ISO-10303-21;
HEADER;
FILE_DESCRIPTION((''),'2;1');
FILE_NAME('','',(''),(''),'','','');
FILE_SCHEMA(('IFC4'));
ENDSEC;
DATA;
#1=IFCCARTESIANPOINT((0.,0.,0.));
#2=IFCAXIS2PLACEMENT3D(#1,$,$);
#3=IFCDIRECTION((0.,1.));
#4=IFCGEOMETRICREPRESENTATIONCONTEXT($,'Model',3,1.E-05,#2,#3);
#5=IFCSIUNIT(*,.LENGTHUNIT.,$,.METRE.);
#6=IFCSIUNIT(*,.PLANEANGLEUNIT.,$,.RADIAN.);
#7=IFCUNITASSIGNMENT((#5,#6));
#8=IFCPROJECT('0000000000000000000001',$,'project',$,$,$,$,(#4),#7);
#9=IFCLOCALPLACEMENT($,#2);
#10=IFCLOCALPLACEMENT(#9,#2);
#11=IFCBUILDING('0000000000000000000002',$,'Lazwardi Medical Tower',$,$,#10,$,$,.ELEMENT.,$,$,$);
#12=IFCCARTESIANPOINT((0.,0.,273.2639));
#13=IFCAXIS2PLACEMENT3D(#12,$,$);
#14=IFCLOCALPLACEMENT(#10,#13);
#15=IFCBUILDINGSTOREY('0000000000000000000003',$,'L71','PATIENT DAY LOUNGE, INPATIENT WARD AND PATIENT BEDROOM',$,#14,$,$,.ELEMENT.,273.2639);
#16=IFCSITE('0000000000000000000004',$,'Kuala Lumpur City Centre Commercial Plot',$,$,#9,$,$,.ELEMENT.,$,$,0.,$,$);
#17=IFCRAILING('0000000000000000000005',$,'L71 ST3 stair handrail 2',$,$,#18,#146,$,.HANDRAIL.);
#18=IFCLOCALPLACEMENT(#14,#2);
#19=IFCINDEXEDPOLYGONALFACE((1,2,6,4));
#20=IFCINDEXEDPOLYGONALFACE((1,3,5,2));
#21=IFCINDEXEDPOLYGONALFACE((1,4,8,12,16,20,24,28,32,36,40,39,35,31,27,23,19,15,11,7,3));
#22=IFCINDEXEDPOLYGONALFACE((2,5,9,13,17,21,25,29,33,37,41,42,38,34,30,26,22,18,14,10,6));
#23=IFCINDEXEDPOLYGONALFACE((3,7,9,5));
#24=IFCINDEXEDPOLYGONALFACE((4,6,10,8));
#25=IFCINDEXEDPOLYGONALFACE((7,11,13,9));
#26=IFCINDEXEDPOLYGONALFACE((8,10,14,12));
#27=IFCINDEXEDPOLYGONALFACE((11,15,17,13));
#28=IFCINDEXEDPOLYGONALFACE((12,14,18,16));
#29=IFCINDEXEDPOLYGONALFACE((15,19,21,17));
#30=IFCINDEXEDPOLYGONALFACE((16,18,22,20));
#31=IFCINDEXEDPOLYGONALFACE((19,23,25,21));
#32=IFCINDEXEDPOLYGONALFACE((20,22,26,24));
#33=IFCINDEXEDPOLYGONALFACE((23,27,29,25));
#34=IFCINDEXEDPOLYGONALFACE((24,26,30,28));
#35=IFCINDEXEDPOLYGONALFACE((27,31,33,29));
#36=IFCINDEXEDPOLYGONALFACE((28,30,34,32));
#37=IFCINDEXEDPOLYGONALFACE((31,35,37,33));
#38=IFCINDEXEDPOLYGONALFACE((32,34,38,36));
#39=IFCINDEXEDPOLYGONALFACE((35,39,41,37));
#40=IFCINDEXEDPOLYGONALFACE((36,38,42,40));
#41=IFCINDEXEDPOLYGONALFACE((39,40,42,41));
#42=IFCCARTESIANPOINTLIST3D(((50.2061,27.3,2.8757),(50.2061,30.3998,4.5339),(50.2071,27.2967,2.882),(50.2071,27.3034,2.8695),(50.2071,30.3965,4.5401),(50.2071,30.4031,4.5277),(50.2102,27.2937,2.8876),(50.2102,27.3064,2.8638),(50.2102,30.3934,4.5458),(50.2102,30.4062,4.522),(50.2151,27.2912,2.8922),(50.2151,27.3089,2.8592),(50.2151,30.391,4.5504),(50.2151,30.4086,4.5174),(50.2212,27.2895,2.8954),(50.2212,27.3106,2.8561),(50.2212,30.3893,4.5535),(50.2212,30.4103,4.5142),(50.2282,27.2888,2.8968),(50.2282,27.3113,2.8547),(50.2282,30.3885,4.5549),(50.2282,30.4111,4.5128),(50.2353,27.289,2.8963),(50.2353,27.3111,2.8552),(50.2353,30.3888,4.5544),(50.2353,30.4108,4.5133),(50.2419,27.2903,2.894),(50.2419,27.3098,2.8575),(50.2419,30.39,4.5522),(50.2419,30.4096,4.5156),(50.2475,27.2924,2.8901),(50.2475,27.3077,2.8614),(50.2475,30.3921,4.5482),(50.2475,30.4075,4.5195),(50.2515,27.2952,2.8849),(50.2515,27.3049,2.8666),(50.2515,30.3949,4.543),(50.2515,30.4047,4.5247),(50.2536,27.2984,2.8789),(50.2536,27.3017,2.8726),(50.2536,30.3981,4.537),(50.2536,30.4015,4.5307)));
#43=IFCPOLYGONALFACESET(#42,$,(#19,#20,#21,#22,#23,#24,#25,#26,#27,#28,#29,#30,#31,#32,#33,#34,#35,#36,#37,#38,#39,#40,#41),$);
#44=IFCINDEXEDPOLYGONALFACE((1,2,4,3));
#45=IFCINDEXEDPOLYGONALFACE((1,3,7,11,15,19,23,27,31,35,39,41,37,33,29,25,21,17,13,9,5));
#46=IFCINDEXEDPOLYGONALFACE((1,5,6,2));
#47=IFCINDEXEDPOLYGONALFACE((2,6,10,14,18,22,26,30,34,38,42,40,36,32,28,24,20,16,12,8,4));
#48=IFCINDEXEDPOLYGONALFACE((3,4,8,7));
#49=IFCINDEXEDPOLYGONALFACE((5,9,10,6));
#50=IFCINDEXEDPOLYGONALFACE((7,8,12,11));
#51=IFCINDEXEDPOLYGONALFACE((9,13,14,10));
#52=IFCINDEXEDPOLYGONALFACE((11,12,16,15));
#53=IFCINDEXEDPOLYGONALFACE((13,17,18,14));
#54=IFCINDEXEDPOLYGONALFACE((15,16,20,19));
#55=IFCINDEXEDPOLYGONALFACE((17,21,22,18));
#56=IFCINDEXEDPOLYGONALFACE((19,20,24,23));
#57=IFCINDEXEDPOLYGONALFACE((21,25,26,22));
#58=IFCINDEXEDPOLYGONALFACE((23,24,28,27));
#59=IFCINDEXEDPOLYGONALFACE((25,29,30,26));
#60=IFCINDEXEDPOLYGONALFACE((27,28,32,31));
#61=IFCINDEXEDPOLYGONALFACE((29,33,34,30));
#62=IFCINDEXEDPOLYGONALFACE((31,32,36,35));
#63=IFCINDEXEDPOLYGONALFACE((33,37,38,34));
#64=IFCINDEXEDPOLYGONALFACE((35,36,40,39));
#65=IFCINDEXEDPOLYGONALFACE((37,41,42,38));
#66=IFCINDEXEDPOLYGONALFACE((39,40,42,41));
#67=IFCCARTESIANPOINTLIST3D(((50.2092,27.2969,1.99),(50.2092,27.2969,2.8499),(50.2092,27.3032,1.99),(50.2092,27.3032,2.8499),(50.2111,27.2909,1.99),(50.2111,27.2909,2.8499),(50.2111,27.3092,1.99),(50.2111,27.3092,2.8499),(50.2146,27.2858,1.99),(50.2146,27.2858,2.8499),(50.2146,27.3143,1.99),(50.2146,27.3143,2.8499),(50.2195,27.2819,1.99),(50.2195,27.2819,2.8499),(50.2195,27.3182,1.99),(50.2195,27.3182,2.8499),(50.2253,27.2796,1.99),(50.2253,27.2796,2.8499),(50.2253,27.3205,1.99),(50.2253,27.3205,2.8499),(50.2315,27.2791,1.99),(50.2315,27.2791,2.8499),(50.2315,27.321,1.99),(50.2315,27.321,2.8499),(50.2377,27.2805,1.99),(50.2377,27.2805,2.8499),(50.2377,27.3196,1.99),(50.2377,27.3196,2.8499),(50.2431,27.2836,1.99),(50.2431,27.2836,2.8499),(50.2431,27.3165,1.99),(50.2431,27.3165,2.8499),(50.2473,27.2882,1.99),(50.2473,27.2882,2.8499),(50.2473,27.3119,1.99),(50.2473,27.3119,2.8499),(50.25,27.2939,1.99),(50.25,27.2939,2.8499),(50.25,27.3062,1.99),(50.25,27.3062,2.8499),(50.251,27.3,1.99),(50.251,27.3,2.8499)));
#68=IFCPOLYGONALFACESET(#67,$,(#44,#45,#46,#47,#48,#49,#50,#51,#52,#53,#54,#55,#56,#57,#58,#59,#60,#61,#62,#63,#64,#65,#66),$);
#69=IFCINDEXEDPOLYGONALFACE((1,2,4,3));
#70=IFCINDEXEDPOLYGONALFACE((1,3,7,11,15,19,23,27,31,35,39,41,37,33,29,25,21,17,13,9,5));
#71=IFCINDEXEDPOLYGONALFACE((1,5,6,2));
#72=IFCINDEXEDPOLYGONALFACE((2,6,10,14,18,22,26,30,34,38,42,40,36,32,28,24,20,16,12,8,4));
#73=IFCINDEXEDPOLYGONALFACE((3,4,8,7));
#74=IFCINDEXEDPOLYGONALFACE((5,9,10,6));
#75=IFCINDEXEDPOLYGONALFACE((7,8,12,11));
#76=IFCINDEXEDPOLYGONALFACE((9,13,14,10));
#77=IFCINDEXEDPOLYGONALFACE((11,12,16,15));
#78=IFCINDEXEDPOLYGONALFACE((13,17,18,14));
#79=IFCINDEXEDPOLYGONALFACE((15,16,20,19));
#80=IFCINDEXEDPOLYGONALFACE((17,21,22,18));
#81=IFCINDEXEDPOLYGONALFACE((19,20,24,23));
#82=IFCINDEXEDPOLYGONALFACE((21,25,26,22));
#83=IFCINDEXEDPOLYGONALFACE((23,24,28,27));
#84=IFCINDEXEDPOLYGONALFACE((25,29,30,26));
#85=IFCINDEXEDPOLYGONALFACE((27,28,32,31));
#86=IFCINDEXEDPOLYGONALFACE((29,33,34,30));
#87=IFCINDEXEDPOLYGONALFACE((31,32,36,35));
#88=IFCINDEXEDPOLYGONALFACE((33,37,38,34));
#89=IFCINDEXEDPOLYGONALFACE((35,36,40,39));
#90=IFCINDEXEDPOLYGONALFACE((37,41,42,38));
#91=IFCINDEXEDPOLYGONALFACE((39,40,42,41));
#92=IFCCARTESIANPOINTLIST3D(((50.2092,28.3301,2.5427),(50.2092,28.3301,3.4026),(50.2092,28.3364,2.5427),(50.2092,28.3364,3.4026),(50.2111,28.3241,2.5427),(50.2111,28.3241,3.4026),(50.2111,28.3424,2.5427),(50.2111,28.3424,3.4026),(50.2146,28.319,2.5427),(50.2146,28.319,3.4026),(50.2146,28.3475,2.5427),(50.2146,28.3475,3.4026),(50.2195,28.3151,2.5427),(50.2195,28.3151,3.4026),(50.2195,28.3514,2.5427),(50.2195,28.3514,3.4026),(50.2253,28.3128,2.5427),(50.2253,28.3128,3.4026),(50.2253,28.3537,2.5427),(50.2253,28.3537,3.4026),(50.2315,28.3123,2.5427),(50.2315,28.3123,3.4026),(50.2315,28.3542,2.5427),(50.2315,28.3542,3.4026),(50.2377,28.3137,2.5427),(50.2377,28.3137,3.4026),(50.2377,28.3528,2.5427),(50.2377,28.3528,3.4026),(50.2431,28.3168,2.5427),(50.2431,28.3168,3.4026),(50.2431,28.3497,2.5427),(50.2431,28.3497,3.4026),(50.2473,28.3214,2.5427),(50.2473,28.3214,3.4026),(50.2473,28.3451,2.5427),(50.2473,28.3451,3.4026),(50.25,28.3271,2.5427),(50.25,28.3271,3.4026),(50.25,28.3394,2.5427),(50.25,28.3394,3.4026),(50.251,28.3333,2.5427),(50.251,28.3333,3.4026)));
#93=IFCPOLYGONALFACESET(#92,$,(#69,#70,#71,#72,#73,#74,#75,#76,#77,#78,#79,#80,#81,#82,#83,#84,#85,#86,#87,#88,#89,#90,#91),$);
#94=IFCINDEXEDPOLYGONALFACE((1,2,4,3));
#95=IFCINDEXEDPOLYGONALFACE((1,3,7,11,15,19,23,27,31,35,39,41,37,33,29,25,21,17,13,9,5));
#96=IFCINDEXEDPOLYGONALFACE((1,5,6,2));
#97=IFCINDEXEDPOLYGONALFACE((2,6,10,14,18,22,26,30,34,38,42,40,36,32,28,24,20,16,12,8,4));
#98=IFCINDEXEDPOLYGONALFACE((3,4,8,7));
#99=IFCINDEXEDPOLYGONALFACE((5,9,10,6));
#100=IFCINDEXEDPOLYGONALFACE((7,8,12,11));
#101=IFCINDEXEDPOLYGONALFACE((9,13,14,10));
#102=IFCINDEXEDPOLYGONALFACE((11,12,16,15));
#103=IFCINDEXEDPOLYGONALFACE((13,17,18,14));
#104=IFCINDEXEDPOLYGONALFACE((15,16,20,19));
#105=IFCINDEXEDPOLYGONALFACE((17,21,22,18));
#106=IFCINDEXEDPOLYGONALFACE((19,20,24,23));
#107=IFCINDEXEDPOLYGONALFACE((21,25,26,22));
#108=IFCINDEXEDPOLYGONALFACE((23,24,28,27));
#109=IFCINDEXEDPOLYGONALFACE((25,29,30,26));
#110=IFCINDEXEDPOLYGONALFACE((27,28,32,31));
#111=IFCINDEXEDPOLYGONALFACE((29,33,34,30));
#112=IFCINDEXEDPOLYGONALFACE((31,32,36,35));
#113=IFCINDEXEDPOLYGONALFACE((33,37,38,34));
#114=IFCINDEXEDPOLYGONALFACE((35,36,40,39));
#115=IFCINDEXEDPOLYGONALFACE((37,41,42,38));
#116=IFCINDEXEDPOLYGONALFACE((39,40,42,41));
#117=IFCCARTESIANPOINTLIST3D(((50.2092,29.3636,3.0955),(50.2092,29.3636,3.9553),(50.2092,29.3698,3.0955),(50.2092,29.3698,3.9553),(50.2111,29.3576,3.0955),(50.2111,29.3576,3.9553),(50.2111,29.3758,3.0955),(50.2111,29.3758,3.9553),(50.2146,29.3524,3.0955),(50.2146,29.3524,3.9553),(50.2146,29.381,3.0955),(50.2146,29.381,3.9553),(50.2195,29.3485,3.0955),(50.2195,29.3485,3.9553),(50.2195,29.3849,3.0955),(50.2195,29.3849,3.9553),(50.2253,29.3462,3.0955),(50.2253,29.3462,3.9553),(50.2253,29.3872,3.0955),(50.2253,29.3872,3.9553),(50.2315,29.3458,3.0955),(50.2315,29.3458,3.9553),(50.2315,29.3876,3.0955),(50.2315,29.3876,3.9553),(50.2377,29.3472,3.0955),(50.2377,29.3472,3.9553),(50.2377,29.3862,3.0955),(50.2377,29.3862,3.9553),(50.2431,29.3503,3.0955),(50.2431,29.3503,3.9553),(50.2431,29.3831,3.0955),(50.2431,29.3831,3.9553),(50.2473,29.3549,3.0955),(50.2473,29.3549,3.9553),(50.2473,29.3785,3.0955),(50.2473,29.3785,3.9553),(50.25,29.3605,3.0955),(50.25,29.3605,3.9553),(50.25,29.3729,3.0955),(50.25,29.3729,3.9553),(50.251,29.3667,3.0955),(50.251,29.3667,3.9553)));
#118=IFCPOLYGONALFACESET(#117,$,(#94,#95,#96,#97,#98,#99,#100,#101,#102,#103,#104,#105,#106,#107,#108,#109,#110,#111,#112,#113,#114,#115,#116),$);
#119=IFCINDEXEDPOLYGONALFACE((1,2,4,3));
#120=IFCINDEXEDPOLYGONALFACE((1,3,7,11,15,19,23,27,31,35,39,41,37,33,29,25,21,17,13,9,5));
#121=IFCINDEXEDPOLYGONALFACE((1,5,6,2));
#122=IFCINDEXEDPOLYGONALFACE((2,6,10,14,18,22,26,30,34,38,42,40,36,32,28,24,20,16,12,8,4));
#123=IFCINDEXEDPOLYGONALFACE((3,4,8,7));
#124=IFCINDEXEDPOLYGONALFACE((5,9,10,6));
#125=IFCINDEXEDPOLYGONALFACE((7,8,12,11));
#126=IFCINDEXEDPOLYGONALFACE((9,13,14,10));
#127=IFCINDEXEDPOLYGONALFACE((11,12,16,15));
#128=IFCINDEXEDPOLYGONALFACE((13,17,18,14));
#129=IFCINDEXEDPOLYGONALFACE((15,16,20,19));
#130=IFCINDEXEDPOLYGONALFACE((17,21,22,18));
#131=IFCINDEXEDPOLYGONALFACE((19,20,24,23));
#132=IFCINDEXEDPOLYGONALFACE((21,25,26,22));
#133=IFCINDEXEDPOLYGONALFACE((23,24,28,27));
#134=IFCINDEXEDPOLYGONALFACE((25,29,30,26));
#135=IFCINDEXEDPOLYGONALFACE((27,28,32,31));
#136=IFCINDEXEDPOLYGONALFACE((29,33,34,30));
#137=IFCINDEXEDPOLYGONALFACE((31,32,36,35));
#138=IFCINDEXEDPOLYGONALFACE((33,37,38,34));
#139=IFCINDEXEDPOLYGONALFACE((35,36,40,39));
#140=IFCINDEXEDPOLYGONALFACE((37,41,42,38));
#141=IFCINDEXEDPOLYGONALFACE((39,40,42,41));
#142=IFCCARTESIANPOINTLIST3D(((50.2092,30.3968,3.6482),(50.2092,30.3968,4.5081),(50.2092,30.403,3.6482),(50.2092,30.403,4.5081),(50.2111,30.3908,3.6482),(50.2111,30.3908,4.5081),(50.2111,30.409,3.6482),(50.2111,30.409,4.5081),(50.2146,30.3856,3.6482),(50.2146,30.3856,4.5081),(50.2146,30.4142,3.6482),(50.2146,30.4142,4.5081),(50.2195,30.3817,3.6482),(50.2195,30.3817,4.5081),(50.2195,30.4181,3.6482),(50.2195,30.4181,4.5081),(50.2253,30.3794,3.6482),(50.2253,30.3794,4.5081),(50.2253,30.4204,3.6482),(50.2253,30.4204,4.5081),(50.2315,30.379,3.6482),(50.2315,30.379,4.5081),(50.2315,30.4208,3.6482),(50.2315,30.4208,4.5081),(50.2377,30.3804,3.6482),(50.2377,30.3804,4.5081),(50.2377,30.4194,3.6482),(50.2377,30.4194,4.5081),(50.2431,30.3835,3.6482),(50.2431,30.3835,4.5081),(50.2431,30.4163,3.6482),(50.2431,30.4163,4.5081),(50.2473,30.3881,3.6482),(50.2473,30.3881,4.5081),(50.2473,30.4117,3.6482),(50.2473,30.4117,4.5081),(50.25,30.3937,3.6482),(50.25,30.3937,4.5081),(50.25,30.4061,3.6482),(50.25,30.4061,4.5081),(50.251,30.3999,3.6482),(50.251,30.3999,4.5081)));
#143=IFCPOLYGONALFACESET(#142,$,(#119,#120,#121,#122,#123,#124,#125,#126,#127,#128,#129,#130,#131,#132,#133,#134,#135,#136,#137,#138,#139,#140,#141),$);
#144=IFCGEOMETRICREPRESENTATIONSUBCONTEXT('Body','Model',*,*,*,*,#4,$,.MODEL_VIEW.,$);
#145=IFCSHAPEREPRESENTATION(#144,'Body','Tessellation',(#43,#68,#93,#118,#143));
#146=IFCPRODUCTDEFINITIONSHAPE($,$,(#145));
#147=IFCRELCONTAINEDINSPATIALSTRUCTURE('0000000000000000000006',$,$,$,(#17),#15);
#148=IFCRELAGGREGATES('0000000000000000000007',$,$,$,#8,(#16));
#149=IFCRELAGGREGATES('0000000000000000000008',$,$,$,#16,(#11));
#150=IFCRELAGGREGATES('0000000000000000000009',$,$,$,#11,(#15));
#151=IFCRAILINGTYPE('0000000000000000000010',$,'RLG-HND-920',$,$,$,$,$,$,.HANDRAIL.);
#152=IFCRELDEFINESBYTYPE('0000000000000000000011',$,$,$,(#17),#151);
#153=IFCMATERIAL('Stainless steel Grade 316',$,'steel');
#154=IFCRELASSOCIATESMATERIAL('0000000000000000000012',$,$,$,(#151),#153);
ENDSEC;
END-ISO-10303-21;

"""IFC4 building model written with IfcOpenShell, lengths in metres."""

from ifc_helpers import new_model, si_unit, direction, frame, origin, origin_2d, place, context, subcontext, project, spatial, circle, extrude, material, type_object, element, save


model = new_model("IFC4")

# Units and contexts
model_context = context("Model", 3, precision=1e-05, world=origin(), true_north=direction((0.0, 1.0)))
body_context = subcontext(model_context, "Body", "Model", "MODEL_VIEW")
ifc_project = project(units=[si_unit("LENGTHUNIT", "METRE"), si_unit("PLANEANGLEUNIT", "RADIAN")], contexts=[model_context])

# Site, building, storey
site_placement = place(None, origin())
site = spatial("IfcSite", under=ifc_project, at=site_placement, Name="Kuala Lumpur City Centre Commercial Plot", CompositionType="ELEMENT", RefElevation=0.0)
building_placement = place(site_placement, origin())
building = spatial("IfcBuilding", under=site, at=building_placement, Name="Lazwardi Medical Tower", CompositionType="ELEMENT")
storey_placement = place(building_placement, frame((0.0, 0.0, 273.2639)))
storey = spatial("IfcBuildingStorey", under=building, at=storey_placement, Name="L71", Description="PATIENT DAY LOUNGE, INPATIENT WARD AND PATIENT BEDROOM", CompositionType="ELEMENT", Elevation=273.2639)

# Railing
ifc_material_1 = material(Name="Stainless steel Grade 316", Category="steel")
railing_type_1 = type_object("IfcRailingType", Name="RLG-HND-920", PredefinedType="HANDRAIL", material=ifc_material_1)
railing_1_placement = place(storey_placement, frame((50.23, 27.3, 1.99)))
element("IfcRailing", 1, at=railing_1_placement, inside=storey, type_object=railing_type_1, Name="L71 ST3 stair handrail 2", PredefinedType="HANDRAIL", context=body_context, shape_type="SweptSolid", body=[
    extrude(circle(Radius=0.0239, at=origin_2d()), frame((0.0, 0.0, 0.8857), z_axis=(0.0, 0.881768, 0.471684), x_axis=(-1.0, 0.0, 0.0)), (0.0, 0.0, 1.0), 3.5154),
    extrude(circle(Radius=0.021, at=origin_2d()), origin(), (0.0, 0.0, 1.0), 0.8599),
    extrude(circle(Radius=0.021, at=origin_2d()), frame((0.0, 1.0332, 0.5527)), (0.0, 0.0, 1.0), 0.8599),
    extrude(circle(Radius=0.021, at=origin_2d()), frame((0.0, 2.0667, 1.1055)), (0.0, 0.0, 1.0), 0.8599),
    extrude(circle(Radius=0.021, at=origin_2d()), frame((0.0, 3.0999, 1.6582)), (0.0, 0.0, 1.0), 0.8599),
])

save(model, "model.ifc")
